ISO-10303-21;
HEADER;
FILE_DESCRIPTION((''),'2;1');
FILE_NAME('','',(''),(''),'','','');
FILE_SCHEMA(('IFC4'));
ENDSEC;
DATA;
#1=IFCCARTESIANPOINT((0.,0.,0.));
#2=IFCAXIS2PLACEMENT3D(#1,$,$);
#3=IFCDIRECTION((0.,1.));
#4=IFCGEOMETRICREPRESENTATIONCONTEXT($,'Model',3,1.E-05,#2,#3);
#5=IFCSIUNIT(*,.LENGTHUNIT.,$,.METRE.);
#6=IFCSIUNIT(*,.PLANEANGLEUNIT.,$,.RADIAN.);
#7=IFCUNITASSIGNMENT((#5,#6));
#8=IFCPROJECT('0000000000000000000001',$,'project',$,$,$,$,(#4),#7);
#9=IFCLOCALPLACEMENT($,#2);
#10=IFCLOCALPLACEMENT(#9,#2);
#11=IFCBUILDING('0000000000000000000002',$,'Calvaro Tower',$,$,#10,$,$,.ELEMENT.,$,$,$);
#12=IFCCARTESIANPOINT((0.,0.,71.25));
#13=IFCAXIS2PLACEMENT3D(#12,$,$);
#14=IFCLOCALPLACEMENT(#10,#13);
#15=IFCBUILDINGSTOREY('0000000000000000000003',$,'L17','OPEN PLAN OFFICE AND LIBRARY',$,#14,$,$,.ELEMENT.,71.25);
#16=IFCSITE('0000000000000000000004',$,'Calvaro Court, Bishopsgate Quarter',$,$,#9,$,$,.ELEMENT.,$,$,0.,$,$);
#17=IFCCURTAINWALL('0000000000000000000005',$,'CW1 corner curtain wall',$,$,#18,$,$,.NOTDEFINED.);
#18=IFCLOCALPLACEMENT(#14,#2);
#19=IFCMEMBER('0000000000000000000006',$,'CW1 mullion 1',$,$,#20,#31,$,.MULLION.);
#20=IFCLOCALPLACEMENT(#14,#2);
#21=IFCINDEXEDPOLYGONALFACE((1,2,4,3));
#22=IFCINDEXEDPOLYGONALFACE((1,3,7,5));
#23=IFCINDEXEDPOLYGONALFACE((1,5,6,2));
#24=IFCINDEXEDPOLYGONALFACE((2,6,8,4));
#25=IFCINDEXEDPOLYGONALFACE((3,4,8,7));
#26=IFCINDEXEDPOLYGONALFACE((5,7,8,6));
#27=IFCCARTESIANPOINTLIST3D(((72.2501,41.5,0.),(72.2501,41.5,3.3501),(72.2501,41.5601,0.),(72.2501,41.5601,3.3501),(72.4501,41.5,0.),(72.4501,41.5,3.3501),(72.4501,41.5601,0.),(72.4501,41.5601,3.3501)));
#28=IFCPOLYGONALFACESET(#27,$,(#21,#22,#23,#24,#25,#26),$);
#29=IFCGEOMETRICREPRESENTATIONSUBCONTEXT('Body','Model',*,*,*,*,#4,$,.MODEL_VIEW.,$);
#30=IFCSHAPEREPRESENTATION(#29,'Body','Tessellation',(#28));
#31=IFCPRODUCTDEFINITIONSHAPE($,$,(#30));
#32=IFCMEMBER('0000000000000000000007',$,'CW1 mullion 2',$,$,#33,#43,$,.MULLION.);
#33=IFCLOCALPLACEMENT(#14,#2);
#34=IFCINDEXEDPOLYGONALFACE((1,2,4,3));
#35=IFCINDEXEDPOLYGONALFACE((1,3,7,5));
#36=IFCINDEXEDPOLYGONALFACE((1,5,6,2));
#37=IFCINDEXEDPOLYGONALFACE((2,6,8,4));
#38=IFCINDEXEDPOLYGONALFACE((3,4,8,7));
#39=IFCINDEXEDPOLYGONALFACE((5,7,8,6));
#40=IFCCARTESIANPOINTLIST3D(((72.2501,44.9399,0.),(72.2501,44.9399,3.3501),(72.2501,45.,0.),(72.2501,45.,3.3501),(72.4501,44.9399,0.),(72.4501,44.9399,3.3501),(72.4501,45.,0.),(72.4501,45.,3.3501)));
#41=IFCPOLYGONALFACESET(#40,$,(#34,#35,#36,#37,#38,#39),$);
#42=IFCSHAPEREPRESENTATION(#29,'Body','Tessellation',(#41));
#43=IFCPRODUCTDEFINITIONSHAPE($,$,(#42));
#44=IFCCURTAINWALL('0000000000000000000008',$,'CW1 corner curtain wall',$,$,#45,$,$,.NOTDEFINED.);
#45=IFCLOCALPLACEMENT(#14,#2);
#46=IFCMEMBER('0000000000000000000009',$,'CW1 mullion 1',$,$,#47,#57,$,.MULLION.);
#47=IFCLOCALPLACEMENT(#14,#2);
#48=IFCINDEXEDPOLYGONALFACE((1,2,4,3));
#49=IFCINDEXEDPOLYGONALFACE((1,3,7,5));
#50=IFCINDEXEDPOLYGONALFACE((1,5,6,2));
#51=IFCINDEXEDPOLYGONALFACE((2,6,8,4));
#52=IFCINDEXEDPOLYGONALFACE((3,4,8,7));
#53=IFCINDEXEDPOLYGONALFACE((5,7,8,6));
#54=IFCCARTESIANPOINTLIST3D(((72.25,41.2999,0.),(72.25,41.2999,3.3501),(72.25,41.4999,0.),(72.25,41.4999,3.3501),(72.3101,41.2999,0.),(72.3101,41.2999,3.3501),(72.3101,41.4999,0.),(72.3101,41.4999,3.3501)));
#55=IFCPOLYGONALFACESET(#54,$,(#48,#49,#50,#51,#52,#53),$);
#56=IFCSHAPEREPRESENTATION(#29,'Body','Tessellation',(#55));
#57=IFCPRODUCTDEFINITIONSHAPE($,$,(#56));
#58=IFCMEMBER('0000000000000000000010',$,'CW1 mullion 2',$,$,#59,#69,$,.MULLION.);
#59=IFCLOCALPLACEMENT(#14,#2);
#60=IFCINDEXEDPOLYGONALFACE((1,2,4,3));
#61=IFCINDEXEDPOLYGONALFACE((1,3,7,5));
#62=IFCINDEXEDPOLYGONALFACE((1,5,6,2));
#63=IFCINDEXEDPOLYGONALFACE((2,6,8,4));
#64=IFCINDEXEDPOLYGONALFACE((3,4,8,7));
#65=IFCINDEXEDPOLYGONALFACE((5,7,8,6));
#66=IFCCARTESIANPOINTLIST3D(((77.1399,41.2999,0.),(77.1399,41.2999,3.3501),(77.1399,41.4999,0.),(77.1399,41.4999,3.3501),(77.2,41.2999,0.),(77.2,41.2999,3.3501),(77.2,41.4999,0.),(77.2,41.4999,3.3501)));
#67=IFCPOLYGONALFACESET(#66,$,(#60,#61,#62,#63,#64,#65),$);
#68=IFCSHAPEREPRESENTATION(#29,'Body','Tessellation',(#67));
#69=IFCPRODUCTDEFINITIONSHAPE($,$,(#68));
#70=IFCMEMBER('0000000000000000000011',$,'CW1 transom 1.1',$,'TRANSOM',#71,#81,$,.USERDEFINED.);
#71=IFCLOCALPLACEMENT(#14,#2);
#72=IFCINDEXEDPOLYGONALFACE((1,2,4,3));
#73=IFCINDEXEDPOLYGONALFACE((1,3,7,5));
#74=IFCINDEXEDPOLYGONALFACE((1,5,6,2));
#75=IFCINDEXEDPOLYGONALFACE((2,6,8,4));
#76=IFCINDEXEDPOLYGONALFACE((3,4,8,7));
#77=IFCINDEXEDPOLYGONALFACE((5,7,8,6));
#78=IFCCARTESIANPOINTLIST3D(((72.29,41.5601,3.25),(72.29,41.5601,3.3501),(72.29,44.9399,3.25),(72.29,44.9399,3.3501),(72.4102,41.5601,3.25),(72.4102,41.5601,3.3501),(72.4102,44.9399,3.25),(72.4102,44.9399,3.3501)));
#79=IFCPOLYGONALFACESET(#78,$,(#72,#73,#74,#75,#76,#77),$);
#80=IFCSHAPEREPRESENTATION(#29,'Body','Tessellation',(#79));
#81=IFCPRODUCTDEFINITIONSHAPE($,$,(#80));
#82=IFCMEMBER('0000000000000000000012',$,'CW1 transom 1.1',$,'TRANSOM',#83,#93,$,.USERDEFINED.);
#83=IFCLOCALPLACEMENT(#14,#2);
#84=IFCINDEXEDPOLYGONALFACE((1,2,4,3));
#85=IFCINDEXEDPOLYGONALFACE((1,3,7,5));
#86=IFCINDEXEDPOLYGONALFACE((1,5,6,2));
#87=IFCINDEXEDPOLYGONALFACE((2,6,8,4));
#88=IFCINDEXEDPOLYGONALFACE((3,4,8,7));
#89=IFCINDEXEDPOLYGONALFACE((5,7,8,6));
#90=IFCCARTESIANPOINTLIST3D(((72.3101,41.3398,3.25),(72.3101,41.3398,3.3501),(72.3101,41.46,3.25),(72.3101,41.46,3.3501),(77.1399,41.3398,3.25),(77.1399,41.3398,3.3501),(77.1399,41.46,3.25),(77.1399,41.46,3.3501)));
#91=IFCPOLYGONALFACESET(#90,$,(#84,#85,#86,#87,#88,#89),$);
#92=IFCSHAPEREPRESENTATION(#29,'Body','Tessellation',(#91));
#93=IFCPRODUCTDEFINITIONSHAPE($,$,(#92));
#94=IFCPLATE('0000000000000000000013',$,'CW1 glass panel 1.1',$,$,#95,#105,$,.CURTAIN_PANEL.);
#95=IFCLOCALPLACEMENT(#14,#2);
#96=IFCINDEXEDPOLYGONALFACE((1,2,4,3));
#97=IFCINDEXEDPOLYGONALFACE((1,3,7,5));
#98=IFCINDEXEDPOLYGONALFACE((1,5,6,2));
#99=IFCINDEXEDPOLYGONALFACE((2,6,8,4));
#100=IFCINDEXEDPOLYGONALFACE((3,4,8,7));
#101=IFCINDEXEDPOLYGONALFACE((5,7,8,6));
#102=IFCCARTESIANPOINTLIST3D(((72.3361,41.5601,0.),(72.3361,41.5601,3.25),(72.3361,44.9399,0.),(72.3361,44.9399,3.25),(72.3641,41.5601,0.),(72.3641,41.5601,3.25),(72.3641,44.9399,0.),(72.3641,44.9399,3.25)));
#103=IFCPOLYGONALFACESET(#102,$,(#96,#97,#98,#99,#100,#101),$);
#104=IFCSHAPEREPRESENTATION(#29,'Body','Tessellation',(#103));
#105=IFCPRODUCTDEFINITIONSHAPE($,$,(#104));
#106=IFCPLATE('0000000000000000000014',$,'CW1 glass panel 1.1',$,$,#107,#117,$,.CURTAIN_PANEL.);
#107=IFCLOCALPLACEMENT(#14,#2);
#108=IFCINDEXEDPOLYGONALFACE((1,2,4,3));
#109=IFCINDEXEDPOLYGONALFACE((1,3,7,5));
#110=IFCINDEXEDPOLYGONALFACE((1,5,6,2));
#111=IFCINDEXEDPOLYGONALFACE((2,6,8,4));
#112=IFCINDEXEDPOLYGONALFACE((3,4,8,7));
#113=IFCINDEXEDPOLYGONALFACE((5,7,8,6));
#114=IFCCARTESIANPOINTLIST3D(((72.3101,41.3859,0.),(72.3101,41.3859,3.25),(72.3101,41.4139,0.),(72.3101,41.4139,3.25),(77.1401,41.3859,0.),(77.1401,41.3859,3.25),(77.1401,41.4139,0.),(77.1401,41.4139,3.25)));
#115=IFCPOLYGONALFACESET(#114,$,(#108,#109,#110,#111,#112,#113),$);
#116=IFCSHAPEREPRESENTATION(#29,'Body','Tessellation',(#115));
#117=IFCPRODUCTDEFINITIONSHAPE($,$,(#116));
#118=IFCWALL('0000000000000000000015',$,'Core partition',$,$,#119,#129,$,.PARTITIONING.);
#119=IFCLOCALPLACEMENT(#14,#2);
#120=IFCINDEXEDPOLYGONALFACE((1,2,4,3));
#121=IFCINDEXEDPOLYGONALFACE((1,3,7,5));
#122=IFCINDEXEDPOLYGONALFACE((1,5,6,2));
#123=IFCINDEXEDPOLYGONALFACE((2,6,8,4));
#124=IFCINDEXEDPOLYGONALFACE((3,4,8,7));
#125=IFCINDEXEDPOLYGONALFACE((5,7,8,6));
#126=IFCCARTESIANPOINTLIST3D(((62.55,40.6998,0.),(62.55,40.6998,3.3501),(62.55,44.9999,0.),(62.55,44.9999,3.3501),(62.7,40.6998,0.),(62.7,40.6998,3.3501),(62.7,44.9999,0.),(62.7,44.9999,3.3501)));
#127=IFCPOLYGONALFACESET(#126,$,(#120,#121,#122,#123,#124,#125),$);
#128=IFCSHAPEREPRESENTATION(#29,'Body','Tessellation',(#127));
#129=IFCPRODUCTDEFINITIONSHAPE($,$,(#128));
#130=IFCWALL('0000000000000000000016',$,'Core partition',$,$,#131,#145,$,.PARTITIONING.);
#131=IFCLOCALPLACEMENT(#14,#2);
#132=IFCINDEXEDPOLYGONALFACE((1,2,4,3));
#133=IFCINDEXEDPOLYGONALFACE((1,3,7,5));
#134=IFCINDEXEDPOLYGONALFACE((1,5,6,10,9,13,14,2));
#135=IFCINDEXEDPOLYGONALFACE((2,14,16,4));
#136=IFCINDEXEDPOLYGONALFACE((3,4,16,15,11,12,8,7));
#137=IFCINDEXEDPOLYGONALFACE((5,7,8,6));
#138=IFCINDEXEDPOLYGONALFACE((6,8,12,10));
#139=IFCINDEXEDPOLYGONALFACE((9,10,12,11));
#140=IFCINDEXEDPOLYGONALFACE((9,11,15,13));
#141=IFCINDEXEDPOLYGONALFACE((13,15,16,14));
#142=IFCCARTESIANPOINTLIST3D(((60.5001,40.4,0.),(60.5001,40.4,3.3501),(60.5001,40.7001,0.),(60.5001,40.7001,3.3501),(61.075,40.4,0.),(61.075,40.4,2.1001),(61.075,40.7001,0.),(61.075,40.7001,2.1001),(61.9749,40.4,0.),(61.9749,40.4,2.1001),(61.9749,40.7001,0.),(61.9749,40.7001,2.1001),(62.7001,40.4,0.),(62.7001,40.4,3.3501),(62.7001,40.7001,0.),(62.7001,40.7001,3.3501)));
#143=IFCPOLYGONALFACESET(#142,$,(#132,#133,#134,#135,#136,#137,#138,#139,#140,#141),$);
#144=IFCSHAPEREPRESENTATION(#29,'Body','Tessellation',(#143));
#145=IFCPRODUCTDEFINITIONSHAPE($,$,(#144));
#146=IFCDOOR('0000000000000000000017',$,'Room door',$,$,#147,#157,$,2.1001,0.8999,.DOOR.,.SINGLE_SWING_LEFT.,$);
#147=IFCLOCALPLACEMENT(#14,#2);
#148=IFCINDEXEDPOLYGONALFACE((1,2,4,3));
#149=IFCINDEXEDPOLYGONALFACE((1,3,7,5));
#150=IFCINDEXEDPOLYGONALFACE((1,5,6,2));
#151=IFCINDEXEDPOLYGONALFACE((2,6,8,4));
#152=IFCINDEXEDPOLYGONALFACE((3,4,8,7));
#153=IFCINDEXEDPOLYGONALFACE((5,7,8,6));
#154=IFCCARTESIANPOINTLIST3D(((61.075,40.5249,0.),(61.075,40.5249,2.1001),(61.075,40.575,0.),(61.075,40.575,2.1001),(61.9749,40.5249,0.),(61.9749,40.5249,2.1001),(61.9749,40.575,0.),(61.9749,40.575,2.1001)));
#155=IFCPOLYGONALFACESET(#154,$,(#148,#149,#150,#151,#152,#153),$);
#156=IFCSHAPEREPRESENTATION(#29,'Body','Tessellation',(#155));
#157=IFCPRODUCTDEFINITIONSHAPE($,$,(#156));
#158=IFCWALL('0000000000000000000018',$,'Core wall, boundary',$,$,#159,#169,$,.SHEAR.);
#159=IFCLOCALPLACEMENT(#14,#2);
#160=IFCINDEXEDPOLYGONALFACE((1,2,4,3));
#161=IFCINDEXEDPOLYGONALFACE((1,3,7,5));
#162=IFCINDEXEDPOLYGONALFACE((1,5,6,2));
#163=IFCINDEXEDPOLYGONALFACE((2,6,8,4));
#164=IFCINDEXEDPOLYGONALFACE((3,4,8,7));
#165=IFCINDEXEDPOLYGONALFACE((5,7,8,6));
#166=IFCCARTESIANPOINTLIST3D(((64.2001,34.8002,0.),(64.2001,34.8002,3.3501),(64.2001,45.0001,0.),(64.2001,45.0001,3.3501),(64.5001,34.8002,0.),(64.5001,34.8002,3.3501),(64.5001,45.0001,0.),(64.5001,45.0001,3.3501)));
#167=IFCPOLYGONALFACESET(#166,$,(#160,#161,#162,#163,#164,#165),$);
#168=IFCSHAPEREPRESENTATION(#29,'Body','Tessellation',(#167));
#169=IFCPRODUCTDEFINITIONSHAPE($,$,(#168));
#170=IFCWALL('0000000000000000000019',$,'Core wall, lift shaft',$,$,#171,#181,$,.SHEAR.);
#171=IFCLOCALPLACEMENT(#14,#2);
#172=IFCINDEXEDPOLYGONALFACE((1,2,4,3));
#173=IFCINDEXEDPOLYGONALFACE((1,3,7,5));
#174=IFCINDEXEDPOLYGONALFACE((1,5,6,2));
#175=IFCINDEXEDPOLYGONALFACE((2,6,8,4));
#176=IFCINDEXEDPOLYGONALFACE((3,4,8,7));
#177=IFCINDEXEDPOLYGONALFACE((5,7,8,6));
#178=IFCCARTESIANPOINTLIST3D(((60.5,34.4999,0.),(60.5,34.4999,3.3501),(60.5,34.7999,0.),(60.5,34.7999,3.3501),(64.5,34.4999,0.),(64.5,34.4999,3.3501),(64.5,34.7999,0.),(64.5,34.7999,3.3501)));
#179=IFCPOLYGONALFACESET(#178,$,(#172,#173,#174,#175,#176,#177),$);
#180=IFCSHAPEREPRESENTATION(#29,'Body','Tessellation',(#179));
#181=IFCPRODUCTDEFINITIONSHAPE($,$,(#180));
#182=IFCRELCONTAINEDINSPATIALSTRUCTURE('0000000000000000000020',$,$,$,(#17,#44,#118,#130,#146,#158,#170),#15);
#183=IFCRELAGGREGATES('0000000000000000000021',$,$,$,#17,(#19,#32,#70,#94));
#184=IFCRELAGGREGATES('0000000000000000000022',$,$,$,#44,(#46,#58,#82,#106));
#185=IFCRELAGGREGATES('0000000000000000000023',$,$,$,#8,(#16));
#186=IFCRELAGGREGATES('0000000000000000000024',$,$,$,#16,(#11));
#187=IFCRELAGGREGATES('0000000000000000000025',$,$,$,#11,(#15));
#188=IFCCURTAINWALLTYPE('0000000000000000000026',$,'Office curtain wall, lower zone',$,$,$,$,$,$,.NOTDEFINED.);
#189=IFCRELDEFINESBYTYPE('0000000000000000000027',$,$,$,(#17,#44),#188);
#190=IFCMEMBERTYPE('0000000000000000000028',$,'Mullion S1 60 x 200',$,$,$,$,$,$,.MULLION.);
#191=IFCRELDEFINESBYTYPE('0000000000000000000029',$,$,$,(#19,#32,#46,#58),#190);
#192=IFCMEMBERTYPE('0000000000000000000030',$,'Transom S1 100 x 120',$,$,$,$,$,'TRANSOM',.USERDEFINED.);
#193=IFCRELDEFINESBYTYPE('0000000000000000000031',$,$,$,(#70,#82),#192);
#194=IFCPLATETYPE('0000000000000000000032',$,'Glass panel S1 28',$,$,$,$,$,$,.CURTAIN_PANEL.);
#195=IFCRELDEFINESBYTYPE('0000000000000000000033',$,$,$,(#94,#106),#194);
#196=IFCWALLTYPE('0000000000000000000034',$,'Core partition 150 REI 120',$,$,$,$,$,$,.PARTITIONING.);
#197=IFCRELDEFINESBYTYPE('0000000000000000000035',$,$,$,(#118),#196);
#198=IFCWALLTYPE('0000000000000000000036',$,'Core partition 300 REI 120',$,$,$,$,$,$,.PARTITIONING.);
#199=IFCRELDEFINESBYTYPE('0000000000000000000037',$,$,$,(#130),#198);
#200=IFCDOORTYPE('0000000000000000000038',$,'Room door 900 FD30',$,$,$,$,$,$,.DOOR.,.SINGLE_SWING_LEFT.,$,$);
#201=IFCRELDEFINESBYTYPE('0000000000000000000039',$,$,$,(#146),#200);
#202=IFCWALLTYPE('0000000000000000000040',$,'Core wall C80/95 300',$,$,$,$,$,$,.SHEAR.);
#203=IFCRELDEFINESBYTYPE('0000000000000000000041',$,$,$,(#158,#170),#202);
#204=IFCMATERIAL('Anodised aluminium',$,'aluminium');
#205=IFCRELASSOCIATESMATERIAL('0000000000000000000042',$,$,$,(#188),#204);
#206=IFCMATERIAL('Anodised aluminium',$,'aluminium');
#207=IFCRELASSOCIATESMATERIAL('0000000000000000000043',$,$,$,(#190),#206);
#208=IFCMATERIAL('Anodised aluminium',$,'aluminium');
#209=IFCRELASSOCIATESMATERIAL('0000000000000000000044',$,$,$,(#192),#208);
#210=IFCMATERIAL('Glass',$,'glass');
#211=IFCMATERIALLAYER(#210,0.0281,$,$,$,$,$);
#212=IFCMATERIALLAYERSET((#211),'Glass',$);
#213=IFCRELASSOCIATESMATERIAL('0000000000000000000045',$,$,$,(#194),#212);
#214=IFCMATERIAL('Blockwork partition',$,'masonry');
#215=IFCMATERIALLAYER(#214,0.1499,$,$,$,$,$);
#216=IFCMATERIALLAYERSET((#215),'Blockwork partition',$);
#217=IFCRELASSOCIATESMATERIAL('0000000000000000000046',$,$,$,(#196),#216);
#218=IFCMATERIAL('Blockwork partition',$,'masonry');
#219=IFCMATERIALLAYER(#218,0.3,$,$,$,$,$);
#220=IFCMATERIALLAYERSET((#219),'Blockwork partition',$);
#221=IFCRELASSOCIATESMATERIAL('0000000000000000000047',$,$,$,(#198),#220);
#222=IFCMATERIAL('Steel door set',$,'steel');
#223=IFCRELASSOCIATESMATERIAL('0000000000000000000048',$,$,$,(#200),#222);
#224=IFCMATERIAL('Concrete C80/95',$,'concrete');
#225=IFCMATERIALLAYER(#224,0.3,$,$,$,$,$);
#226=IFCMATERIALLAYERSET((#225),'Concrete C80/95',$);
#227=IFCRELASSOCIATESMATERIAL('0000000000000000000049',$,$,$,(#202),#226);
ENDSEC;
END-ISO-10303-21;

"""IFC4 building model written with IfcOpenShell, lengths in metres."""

from ifc_helpers import new_model, si_unit, direction, frame, frame_2d, origin, origin_2d, place, context, subcontext, project, spatial, rectangle, extrude, material, layer, layer_set, material_profile, profile_set, type_object, element, fill, aggregate, save


model = new_model("IFC4")

# Units and contexts
model_context = context("Model", 3, precision=1e-05, world=origin(), true_north=direction((0.0, 1.0)))
body_context = subcontext(model_context, "Body", "Model", "MODEL_VIEW")
ifc_project = project(units=[si_unit("LENGTHUNIT", "METRE"), si_unit("PLANEANGLEUNIT", "RADIAN")], contexts=[model_context])

# Site, building, storey
site_placement = place(None, origin())
site = spatial("IfcSite", under=ifc_project, at=site_placement, Name="Calvaro Court, Bishopsgate Quarter", CompositionType="ELEMENT", RefElevation=0.0)
building_placement = place(site_placement, origin())
building = spatial("IfcBuilding", under=site, at=building_placement, Name="Calvaro Tower", CompositionType="ELEMENT")
storey_placement = place(building_placement, frame((0.0, 0.0, 71.25)))
storey = spatial("IfcBuildingStorey", under=building, at=storey_placement, Name="L17", Description="OPEN PLAN OFFICE AND LIBRARY", CompositionType="ELEMENT", Elevation=71.25)

# Curtain walls, members
ifc_material_1 = material(Name="Anodised aluminium", Category="aluminium")
curtain_wall_type = type_object("IfcCurtainWallType", Name="Office curtain wall, lower zone", PredefinedType="NOTDEFINED", material=ifc_material_1)
curtain_wall_1_placement = place(storey_placement, origin())
curtain_wall_1 = element("IfcCurtainWall", 1, at=curtain_wall_1_placement, inside=storey, type_object=curtain_wall_type, Name="CW1 corner curtain wall", PredefinedType="NOTDEFINED")
ifc_material_2 = material(Name="Anodised aluminium", Category="aluminium")
ifc_material_profile_1 = material_profile(ifc_material_2, rectangle(XDim=0.2, YDim=0.0601, at=origin_2d()), Name="Mullion S1 60 x 200")
ifc_profile_set_1 = profile_set([ifc_material_profile_1], Name="Anodised aluminium")
member_type_1 = type_object("IfcMemberType", Name="Mullion S1 60 x 200", PredefinedType="MULLION", material=ifc_profile_set_1)
member_1_placement = place(storey_placement, frame((72.3501, 41.53, 0.0), z_axis=(0.0, 0.0, 1.0), x_axis=(-1.0, 0.0, 0.0)))
member_1 = element("IfcMember", 2, at=member_1_placement, type_object=member_type_1, Name="CW1 mullion 1", PredefinedType="MULLION", context=body_context, shape_type="SweptSolid", body=[
    extrude(rectangle(XDim=0.2, YDim=0.0601, at=origin_2d()), origin(), (0.0, 0.0, 1.0), 3.3501),
])
member_2_placement = place(storey_placement, frame((72.3501, 44.97, 0.0), z_axis=(0.0, 0.0, 1.0), x_axis=(-1.0, 0.0, 0.0)))
member_2 = element("IfcMember", 3, at=member_2_placement, type_object=member_type_1, Name="CW1 mullion 2", PredefinedType="MULLION", context=body_context, shape_type="SweptSolid", body=[
    extrude(rectangle(XDim=0.2, YDim=0.0601, at=origin_2d()), origin(), (0.0, 0.0, 1.0), 3.3501),
])
curtain_wall_2_placement = place(storey_placement, origin())
curtain_wall_2 = element("IfcCurtainWall", 4, at=curtain_wall_2_placement, inside=storey, type_object=curtain_wall_type, Name="CW1 corner curtain wall", PredefinedType="NOTDEFINED")
member_3_placement = place(storey_placement, frame((72.28, 41.3999, 0.0), z_axis=(0.0, 0.0, 1.0), x_axis=(0.0, 1.0, 0.0)))
member_3 = element("IfcMember", 5, at=member_3_placement, type_object=member_type_1, Name="CW1 mullion 1", PredefinedType="MULLION", context=body_context, shape_type="SweptSolid", body=[
    extrude(rectangle(XDim=0.2, YDim=0.0601, at=origin_2d()), origin(), (0.0, 0.0, 1.0), 3.3501),
])
member_4_placement = place(storey_placement, frame((77.1699, 41.3999, 0.0), z_axis=(0.0, 0.0, 1.0), x_axis=(0.0, 1.0, 0.0)))
member_4 = element("IfcMember", 6, at=member_4_placement, type_object=member_type_1, Name="CW1 mullion 2", PredefinedType="MULLION", context=body_context, shape_type="SweptSolid", body=[
    extrude(rectangle(XDim=0.2, YDim=0.0601, at=origin_2d()), origin(), (0.0, 0.0, 1.0), 3.3501),
])

# Members
ifc_material_3 = material(Name="Anodised aluminium", Category="aluminium")
ifc_material_profile_2 = material_profile(ifc_material_3, rectangle(XDim=0.1201, YDim=0.1001, at=origin_2d()), Name="Transom S1 100 x 120")
ifc_profile_set_2 = profile_set([ifc_material_profile_2], Name="Anodised aluminium")
member_type_2 = type_object("IfcMemberType", Name="Transom S1 100 x 120", ElementType="TRANSOM", PredefinedType="USERDEFINED", material=ifc_profile_set_2)
member_5_placement = place(storey_placement, frame((72.3501, 41.5601, 3.3), z_axis=(0.0, 1.0, 0.0), x_axis=(-1.0, 0.0, 0.0)))
member_5 = element("IfcMember", 7, at=member_5_placement, type_object=member_type_2, Name="CW1 transom 1.1", ObjectType="TRANSOM", PredefinedType="USERDEFINED", context=body_context, shape_type="SweptSolid", body=[
    extrude(rectangle(XDim=0.1201, YDim=0.1001, at=origin_2d()), origin(), (0.0, 0.0, 1.0), 3.3799),
])
member_6_placement = place(storey_placement, frame((72.3101, 41.3999, 3.3), z_axis=(1.0, 0.0, 0.0), x_axis=(0.0, 1.0, 0.0)))
member_6 = element("IfcMember", 8, at=member_6_placement, type_object=member_type_2, Name="CW1 transom 1.1", ObjectType="TRANSOM", PredefinedType="USERDEFINED", context=body_context, shape_type="SweptSolid", body=[
    extrude(rectangle(XDim=0.1201, YDim=0.1001, at=origin_2d()), origin(), (0.0, 0.0, 1.0), 4.8298),
])

# Plates
ifc_material_4 = material(Name="Glass", Category="glass")
ifc_layer_1 = layer(ifc_material_4, 0.0281)
ifc_layer_set_1 = layer_set([ifc_layer_1], Name="Glass")
plate_type = type_object("IfcPlateType", Name="Glass panel S1 28", PredefinedType="CURTAIN_PANEL", material=ifc_layer_set_1)
plate_1_placement = place(storey_placement, frame((72.3501, 43.25, 0.0), z_axis=(0.0, 0.0, 1.0), x_axis=(0.0, 1.0, 0.0)))
plate_1 = element("IfcPlate", 9, at=plate_1_placement, type_object=plate_type, Name="CW1 glass panel 1.1", PredefinedType="CURTAIN_PANEL", context=body_context, shape_type="SweptSolid", body=[
    extrude(rectangle(XDim=3.3799, YDim=0.0281, at=origin_2d()), origin(), (0.0, 0.0, 1.0), 3.25),
])
aggregate(curtain_wall_1, [member_1, member_2, member_5, plate_1])
plate_2_placement = place(storey_placement, frame((74.7251, 41.3999, 0.0), z_axis=(0.0, 0.0, 1.0), x_axis=(1.0, 0.0, 0.0)))
plate_2 = element("IfcPlate", 10, at=plate_2_placement, type_object=plate_type, Name="CW1 glass panel 1.1", PredefinedType="CURTAIN_PANEL", context=body_context, shape_type="SweptSolid", body=[
    extrude(rectangle(XDim=4.8301, YDim=0.0281, at=origin_2d()), origin(), (0.0, 0.0, 1.0), 3.25),
])
aggregate(curtain_wall_2, [member_3, member_4, member_6, plate_2])

# Wall
ifc_material_5 = material(Name="Blockwork partition", Category="masonry")
ifc_layer_2 = layer(ifc_material_5, 0.1499)
ifc_layer_set_2 = layer_set([ifc_layer_2], Name="Blockwork partition")
wall_type_1 = type_object("IfcWallType", Name="Core partition 150 REI 120", PredefinedType="PARTITIONING", material=ifc_layer_set_2)
wall_1_placement = place(storey_placement, frame((62.625, 40.7, 0.0), z_axis=(0.0, 0.0, 1.0), x_axis=(0.0, 1.0, 0.0)))
element("IfcWall", 11, at=wall_1_placement, inside=storey, type_object=wall_type_1, Name="Core partition", PredefinedType="PARTITIONING", context=body_context, shape_type="SweptSolid", body=[
    extrude(rectangle(XDim=4.3, YDim=0.1499, at=frame_2d((2.1499, 0.0))), origin(), (0.0, 0.0, 1.0), 3.3501),
])

# Wall, opening, door
ifc_material_6 = material(Name="Blockwork partition", Category="masonry")
ifc_layer_3 = layer(ifc_material_6, 0.3)
ifc_layer_set_3 = layer_set([ifc_layer_3], Name="Blockwork partition")
wall_type_2 = type_object("IfcWallType", Name="Core partition 300 REI 120", PredefinedType="PARTITIONING", material=ifc_layer_set_3)
wall_2_placement = place(storey_placement, frame((60.5, 40.55, 0.0), z_axis=(0.0, 0.0, 1.0), x_axis=(1.0, 0.0, 0.0)))
wall_2 = element("IfcWall", 12, at=wall_2_placement, inside=storey, type_object=wall_type_2, Name="Core partition", PredefinedType="PARTITIONING", context=body_context, shape_type="SweptSolid", body=[
    extrude(rectangle(XDim=2.2, YDim=0.3, at=frame_2d((1.1001, 0.0))), origin(), (0.0, 0.0, 1.0), 3.3501),
])
opening_1_placement = place(wall_2_placement, frame((0.575, 0.0, 0.0)))
opening_1 = element("IfcOpeningElement", 13, at=opening_1_placement, cuts=wall_2, PredefinedType="OPENING", context=body_context, shape_type="SweptSolid", body=[
    extrude(rectangle(XDim=0.8999, YDim=2.1001, at=frame_2d((0.45, 1.05))), frame((0.0, 0.1599, 0.0), z_axis=(0.0, -1.0, 0.0), x_axis=(1.0, 0.0, 0.0)), (0.0, 0.0, 1.0), 0.3201),
])
ifc_material_7 = material(Name="Steel door set", Category="steel")
door_type_1 = type_object("IfcDoorType", Name="Room door 900 FD30", OperationType="SINGLE_SWING_LEFT", PredefinedType="DOOR", material=ifc_material_7)
door_1_placement = place(opening_1_placement, origin())
door_1 = element("IfcDoor", 14, at=door_1_placement, inside=storey, type_object=door_type_1, Name="Room door", OperationType="SINGLE_SWING_LEFT", OverallHeight=2.1001, OverallWidth=0.8999, PredefinedType="DOOR", context=body_context, shape_type="SweptSolid", body=[
    extrude(rectangle(XDim=0.8999, YDim=2.1001, at=frame_2d((0.45, 1.05))), frame((0.0, 0.0249, 0.0), z_axis=(0.0, -1.0, 0.0), x_axis=(1.0, 0.0, 0.0)), (0.0, 0.0, 1.0), 0.05),
])
fill(opening_1, door_1)

# Walls
ifc_material_8 = material(Name="Concrete C80/95", Category="concrete")
ifc_layer_4 = layer(ifc_material_8, 0.3)
ifc_layer_set_4 = layer_set([ifc_layer_4], Name="Concrete C80/95")
wall_type_3 = type_object("IfcWallType", Name="Core wall C80/95 300", PredefinedType="SHEAR", material=ifc_layer_set_4)
wall_3_placement = place(storey_placement, frame((64.3501, 34.8, 0.0), z_axis=(0.0, 0.0, 1.0), x_axis=(0.0, 1.0, 0.0)))
element("IfcWall", 15, at=wall_3_placement, inside=storey, type_object=wall_type_3, Name="Core wall, boundary", PredefinedType="SHEAR", context=body_context, shape_type="SweptSolid", body=[
    extrude(rectangle(XDim=10.2, YDim=0.3, at=frame_2d((5.1001, 0.0))), origin(), (0.0, 0.0, 1.0), 3.3501),
])
wall_4_placement = place(storey_placement, frame((60.5, 34.6499, 0.0), z_axis=(0.0, 0.0, 1.0), x_axis=(1.0, 0.0, 0.0)))
element("IfcWall", 16, at=wall_4_placement, inside=storey, type_object=wall_type_3, Name="Core wall, lift shaft", PredefinedType="SHEAR", context=body_context, shape_type="SweptSolid", body=[
    extrude(rectangle(XDim=4.0, YDim=0.3, at=frame_2d((2.0, 0.0))), origin(), (0.0, 0.0, 1.0), 3.3501),
])

save(model, "model.ifc")
